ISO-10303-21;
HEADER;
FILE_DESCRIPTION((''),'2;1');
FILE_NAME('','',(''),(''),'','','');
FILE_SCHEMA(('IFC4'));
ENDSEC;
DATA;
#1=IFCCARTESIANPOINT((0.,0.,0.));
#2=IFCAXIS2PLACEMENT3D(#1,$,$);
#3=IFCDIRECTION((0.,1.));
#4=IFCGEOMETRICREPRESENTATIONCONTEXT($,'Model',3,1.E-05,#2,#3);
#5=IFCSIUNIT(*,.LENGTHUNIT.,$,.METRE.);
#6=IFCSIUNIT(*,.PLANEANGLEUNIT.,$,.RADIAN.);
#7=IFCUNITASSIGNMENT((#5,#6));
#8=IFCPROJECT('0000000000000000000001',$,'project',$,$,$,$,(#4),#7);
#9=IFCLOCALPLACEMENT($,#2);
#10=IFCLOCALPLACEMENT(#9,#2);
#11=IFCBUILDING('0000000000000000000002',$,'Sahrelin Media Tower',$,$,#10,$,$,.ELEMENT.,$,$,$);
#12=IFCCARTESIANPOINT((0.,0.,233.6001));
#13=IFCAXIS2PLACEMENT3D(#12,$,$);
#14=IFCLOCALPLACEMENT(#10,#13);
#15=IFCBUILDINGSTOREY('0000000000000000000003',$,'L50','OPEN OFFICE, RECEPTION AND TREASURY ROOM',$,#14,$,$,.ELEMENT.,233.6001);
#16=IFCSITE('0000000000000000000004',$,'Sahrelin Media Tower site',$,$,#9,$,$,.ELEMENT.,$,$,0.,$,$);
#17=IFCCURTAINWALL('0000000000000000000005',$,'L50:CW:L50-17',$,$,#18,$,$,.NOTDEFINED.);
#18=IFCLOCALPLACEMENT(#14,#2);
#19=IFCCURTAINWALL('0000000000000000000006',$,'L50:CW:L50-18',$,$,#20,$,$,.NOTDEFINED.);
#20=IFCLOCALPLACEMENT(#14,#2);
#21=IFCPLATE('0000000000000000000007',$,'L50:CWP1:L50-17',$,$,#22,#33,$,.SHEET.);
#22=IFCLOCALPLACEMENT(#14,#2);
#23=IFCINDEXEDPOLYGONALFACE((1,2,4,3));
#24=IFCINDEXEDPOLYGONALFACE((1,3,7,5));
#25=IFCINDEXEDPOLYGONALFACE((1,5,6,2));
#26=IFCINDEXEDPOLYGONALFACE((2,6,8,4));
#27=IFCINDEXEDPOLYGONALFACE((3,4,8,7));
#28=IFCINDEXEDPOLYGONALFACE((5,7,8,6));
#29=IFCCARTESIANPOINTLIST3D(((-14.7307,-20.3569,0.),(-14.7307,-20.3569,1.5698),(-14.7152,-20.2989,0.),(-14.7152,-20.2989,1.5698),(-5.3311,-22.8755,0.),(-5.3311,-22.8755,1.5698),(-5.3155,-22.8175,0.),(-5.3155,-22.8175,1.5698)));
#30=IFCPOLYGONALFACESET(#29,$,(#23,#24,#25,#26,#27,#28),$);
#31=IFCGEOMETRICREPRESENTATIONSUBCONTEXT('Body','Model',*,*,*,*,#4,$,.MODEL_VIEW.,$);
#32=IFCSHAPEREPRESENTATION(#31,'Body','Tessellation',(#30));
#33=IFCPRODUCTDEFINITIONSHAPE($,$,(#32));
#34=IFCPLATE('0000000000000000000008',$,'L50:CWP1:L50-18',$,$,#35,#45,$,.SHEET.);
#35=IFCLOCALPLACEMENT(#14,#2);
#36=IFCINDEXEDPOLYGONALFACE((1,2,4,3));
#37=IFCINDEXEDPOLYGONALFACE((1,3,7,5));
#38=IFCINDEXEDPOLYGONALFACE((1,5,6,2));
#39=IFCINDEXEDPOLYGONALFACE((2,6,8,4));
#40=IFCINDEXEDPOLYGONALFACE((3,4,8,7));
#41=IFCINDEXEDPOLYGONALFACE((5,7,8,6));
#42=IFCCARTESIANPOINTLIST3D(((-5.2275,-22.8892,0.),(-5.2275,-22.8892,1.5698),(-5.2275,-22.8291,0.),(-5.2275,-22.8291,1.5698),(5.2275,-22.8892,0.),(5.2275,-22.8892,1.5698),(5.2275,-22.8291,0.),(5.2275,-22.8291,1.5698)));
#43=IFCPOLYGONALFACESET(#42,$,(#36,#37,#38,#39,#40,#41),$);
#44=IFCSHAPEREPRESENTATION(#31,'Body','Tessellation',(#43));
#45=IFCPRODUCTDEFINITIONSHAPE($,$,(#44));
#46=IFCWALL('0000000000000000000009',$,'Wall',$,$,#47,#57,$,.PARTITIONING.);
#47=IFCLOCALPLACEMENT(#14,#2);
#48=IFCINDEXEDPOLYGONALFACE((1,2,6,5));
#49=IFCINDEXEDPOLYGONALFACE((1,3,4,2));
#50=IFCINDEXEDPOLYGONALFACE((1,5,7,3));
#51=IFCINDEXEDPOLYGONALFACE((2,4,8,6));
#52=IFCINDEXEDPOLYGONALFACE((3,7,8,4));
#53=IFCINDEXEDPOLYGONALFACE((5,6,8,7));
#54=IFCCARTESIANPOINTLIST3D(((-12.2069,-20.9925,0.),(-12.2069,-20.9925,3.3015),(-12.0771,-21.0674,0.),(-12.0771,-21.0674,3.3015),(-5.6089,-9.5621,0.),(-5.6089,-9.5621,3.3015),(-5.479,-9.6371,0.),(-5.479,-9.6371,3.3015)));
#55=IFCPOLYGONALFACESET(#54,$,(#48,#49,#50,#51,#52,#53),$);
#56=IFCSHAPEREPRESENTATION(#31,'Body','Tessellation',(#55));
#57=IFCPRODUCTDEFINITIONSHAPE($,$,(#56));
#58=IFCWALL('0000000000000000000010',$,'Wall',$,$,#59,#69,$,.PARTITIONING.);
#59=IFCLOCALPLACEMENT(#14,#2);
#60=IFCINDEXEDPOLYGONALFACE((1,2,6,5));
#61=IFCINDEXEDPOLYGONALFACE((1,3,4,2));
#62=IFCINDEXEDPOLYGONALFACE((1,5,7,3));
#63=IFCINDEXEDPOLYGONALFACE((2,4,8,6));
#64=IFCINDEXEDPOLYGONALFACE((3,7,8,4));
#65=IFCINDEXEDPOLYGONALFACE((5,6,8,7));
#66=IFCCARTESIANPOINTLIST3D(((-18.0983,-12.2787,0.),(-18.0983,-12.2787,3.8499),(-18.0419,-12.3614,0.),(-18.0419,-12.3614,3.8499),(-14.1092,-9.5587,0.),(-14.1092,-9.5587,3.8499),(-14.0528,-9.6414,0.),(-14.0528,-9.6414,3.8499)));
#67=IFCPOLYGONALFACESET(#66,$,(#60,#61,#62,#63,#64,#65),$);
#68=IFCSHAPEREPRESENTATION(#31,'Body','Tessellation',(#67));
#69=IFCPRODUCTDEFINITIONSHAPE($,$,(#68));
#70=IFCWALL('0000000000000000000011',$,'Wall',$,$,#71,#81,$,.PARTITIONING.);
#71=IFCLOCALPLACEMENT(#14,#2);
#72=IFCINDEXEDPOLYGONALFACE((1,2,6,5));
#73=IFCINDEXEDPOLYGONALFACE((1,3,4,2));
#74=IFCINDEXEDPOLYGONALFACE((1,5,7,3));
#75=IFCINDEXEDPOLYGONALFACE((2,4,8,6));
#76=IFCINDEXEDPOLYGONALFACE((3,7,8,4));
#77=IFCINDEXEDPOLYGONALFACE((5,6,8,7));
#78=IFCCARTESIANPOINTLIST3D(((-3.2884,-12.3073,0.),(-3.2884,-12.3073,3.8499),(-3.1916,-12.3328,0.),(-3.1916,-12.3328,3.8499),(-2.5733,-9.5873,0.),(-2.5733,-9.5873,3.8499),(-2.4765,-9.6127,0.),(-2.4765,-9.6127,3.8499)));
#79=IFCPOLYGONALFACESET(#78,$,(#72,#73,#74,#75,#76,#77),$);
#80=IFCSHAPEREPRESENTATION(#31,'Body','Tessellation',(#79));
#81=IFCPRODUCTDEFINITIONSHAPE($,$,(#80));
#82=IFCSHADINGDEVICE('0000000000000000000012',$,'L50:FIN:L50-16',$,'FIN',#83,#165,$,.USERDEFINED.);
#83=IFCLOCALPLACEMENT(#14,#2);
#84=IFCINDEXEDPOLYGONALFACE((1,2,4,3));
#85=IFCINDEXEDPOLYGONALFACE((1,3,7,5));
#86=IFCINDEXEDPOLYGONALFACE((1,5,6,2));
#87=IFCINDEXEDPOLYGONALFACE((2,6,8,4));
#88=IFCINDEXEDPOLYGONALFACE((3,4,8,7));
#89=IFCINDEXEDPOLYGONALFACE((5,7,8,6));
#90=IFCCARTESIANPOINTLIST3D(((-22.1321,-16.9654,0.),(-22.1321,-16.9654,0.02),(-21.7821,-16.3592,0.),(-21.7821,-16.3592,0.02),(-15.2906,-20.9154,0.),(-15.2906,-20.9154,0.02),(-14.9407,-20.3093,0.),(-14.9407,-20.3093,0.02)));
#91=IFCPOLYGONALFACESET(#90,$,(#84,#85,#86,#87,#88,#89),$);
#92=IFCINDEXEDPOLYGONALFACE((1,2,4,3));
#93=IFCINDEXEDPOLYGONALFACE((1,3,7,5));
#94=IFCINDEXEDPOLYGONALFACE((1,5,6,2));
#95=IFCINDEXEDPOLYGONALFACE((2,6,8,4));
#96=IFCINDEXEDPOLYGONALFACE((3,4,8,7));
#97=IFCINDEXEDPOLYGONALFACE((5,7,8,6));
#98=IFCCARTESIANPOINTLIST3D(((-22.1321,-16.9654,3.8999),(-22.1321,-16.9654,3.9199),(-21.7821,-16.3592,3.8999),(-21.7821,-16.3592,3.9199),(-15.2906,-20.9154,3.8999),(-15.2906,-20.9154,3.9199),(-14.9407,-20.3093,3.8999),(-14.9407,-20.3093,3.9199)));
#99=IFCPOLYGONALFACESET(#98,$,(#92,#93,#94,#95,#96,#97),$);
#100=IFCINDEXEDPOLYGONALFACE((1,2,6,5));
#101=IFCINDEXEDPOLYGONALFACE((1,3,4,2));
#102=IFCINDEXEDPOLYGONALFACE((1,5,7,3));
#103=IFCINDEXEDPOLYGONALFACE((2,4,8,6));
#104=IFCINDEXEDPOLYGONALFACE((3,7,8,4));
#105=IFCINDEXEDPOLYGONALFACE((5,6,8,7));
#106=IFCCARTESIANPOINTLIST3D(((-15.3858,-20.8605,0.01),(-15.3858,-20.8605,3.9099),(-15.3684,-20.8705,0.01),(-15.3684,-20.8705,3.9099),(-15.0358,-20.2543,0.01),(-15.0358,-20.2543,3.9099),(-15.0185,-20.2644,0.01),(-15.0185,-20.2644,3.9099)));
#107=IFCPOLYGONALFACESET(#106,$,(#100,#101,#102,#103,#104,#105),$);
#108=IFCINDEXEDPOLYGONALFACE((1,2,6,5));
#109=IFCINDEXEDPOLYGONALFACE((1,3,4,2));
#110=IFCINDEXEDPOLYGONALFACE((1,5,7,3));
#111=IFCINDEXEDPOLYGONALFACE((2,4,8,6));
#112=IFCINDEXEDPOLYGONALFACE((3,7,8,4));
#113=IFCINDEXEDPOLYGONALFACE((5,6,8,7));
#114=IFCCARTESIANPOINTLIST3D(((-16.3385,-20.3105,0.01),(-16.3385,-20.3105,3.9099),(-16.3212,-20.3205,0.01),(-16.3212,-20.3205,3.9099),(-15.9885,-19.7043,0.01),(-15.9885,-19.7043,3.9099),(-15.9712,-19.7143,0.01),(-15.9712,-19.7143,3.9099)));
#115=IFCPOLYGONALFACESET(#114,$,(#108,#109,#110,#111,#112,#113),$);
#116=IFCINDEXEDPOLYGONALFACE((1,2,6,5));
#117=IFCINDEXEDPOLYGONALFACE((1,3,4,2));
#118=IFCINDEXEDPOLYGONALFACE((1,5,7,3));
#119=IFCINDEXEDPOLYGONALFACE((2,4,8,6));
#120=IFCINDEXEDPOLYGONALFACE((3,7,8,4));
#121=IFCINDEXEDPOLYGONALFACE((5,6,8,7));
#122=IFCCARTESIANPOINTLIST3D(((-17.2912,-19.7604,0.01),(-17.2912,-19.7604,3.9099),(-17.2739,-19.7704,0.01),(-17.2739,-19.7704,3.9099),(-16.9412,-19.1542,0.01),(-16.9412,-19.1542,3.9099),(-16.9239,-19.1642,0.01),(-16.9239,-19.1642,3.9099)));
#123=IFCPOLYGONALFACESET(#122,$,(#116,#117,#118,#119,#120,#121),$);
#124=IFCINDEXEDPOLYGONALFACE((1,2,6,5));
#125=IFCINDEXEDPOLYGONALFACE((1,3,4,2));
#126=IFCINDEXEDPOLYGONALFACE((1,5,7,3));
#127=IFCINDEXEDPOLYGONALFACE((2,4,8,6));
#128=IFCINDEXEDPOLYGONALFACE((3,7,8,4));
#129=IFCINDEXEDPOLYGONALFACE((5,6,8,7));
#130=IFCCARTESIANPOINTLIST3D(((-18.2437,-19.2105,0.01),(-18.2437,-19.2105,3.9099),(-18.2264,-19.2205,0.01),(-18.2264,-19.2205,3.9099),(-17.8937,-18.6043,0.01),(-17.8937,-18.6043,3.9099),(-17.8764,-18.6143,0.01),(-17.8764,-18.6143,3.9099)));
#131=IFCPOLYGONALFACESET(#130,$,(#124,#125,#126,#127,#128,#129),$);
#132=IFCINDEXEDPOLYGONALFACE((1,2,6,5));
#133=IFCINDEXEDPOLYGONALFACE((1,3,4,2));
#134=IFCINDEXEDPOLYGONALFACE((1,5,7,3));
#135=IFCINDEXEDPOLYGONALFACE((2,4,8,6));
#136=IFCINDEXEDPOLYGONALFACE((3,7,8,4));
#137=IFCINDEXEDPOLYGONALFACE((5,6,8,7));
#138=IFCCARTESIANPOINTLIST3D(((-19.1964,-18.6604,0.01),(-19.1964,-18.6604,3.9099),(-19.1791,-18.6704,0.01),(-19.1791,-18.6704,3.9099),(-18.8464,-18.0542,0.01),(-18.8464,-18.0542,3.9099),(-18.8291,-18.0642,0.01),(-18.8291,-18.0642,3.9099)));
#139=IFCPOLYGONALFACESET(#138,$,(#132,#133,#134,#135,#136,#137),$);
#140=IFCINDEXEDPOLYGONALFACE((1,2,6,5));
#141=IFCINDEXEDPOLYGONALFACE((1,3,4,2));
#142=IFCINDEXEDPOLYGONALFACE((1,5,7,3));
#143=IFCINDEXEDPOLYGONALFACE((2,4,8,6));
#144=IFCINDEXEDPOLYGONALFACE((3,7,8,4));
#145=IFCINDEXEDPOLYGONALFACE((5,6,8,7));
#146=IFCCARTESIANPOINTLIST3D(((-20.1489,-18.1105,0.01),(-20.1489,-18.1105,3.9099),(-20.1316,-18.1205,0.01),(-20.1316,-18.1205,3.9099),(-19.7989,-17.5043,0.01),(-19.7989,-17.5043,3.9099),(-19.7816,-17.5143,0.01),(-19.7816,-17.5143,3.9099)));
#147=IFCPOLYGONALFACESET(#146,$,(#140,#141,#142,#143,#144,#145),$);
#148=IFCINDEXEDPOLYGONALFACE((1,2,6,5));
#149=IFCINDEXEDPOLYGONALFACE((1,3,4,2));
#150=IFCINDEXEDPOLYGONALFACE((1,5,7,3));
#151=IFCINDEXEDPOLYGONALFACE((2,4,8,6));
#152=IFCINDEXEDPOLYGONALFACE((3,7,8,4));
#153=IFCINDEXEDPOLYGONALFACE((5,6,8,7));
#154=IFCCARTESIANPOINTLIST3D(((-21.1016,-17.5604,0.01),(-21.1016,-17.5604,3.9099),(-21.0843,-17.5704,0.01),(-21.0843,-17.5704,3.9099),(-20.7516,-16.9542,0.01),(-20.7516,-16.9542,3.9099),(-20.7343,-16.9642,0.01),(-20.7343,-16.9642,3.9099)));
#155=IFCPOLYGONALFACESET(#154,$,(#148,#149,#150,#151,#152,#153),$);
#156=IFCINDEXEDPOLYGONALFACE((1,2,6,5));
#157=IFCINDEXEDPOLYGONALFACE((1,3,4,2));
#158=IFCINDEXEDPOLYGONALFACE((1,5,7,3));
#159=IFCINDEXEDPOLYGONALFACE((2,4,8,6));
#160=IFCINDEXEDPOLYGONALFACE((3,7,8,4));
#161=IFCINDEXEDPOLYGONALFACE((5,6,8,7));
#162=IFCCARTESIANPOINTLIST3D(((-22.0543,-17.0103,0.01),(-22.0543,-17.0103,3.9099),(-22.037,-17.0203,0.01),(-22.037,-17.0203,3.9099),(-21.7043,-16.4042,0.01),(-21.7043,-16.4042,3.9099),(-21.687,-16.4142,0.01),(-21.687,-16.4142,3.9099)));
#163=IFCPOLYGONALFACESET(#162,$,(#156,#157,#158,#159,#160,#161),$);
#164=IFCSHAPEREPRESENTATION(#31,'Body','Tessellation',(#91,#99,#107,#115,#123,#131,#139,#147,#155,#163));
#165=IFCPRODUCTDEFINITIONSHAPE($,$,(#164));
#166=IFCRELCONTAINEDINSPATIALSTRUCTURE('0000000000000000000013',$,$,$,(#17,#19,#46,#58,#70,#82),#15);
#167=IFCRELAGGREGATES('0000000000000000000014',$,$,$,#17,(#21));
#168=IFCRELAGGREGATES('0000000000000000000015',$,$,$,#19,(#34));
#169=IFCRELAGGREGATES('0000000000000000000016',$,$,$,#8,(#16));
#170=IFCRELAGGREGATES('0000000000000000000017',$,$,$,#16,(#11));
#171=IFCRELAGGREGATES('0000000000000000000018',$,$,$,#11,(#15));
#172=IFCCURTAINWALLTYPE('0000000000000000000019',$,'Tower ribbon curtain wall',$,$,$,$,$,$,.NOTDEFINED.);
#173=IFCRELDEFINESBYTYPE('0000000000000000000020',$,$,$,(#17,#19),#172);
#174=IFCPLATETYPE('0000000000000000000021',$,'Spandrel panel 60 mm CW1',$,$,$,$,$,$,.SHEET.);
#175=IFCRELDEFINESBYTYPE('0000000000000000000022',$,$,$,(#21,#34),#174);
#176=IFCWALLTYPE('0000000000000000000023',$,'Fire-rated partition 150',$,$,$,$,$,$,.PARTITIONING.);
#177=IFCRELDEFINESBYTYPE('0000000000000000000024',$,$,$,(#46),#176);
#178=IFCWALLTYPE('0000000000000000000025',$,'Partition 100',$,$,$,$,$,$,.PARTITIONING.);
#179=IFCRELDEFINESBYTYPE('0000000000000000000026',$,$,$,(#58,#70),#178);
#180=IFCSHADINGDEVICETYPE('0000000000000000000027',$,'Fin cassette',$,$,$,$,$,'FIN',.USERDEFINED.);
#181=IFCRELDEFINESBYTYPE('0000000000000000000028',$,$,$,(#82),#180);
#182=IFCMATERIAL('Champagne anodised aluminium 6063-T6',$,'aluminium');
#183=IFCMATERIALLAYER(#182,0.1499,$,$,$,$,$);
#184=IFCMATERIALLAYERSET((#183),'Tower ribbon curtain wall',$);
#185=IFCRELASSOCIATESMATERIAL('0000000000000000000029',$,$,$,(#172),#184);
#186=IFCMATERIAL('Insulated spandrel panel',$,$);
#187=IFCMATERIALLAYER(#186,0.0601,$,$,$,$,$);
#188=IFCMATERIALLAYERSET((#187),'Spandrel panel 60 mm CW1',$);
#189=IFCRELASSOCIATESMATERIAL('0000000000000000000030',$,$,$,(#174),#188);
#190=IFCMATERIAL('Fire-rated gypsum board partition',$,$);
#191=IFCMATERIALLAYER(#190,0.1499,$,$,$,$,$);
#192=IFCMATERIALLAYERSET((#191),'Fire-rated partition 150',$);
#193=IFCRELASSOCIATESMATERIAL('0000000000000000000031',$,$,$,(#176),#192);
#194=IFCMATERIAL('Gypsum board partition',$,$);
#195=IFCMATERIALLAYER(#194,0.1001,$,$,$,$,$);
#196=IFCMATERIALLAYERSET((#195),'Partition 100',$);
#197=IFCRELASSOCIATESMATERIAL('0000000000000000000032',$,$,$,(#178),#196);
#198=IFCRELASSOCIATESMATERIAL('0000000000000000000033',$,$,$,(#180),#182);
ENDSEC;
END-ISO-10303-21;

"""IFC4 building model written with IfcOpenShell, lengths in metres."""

from ifc_helpers import new_model, si_unit, direction, frame, frame_2d, origin, origin_2d, place, context, subcontext, project, spatial, polyline, rectangle, outline, extrude, material, layer, layer_set, type_object, element, aggregate, save


model = new_model("IFC4")

# Units and contexts
model_context = context("Model", 3, precision=1e-05, world=origin(), true_north=direction((0.0, 1.0)))
body_context = subcontext(model_context, "Body", "Model", "MODEL_VIEW")
ifc_project = project(units=[si_unit("LENGTHUNIT", "METRE"), si_unit("PLANEANGLEUNIT", "RADIAN")], contexts=[model_context])

# Site, building, storey
site_placement = place(None, origin())
site = spatial("IfcSite", under=ifc_project, at=site_placement, Name="Sahrelin Media Tower site", CompositionType="ELEMENT", RefElevation=0.0)
building_placement = place(site_placement, origin())
building = spatial("IfcBuilding", under=site, at=building_placement, Name="Sahrelin Media Tower", CompositionType="ELEMENT")
storey_placement = place(building_placement, frame((0.0, 0.0, 233.6001)))
storey = spatial("IfcBuildingStorey", under=building, at=storey_placement, Name="L50", Description="OPEN OFFICE, RECEPTION AND TREASURY ROOM", CompositionType="ELEMENT", Elevation=233.6001)

# Curtain walls
ifc_material_1 = material(Name="Champagne anodised aluminium 6063-T6", Category="aluminium")
ifc_layer_1 = layer(ifc_material_1, 0.1499)
ifc_layer_set_1 = layer_set([ifc_layer_1], Name="Tower ribbon curtain wall")
curtain_wall_type = type_object("IfcCurtainWallType", Name="Tower ribbon curtain wall", PredefinedType="NOTDEFINED", material=ifc_layer_set_1)
curtain_wall_1_placement = place(storey_placement, frame((-10.0256, -21.5969, 0.0), z_axis=(0.0, 0.0, 1.0), x_axis=(1.0, 0.0, 0.0)))
curtain_wall_1 = element("IfcCurtainWall", 1, at=curtain_wall_1_placement, inside=storey, type_object=curtain_wall_type, Name="L50:CW:L50-17", PredefinedType="NOTDEFINED")
curtain_wall_2_placement = place(storey_placement, frame((0.0, -22.8691, 0.0), z_axis=(0.0, 0.0, 1.0), x_axis=(1.0, 0.0, 0.0)))
curtain_wall_2 = element("IfcCurtainWall", 2, at=curtain_wall_2_placement, inside=storey, type_object=curtain_wall_type, Name="L50:CW:L50-18", PredefinedType="NOTDEFINED")

# Plates
ifc_material_2 = material(Name="Insulated spandrel panel")
ifc_layer_2 = layer(ifc_material_2, 0.0601)
ifc_layer_set_2 = layer_set([ifc_layer_2], Name="Spandrel panel 60 mm CW1")
plate_type_1 = type_object("IfcPlateType", Name="Spandrel panel 60 mm CW1", PredefinedType="SHEET", material=ifc_layer_set_2)
plate_1_placement = place(storey_placement, frame((-14.7307, -20.3569, 0.0), z_axis=(-0.258812, -0.965928, 0.0), x_axis=(0.965928, -0.258812, 0.0)))
plate_1 = element("IfcPlate", 3, at=plate_1_placement, type_object=plate_type_1, Name="L50:CWP1:L50-17", PredefinedType="SHEET", context=body_context, shape_type="SweptSolid", body=[
    extrude(outline(polyline([(0.0, 0.0), (9.7312, 0.0), (9.7312, 1.5698), (0.0, 1.5698), (0.0, 0.0)])), origin(), (0.0, 0.0, -1.0), 0.0601),
])
aggregate(curtain_wall_1, [plate_1])
plate_2_placement = place(storey_placement, frame((-5.2275, -22.8892, 0.0), z_axis=(0.0, -1.0, 0.0), x_axis=(1.0, 0.0, 0.0)))
plate_2 = element("IfcPlate", 4, at=plate_2_placement, type_object=plate_type_1, Name="L50:CWP1:L50-18", PredefinedType="SHEET", context=body_context, shape_type="SweptSolid", body=[
    extrude(outline(polyline([(0.0, 0.0), (10.4551, 0.0), (10.4551, 1.5698), (0.0, 1.5698), (0.0, 0.0)])), origin(), (0.0, 0.0, -1.0), 0.0601),
])
aggregate(curtain_wall_2, [plate_2])

# Walls
ifc_material_3 = material(Name="Fire-rated gypsum board partition")
ifc_layer_3 = layer(ifc_material_3, 0.1499)
ifc_layer_set_3 = layer_set([ifc_layer_3], Name="Fire-rated partition 150")
wall_type_1 = type_object("IfcWallType", Name="Fire-rated partition 150", PredefinedType="PARTITIONING", material=ifc_layer_set_3)
wall_1_placement = place(storey_placement, frame((-12.1421, -21.03, 0.0), z_axis=(0.0, 0.0, 1.0), x_axis=(0.499931, 0.866065, 0.0)))
element("IfcWall", 5, at=wall_1_placement, inside=storey, type_object=wall_type_1, Name="Wall", PredefinedType="PARTITIONING", context=body_context, shape_type="SweptSolid", body=[
    extrude(rectangle(XDim=13.198, YDim=0.1499, at=frame_2d((6.5991, 0.0))), origin(), (0.0, 0.0, 1.0), 3.3015),
])
ifc_material_4 = material(Name="Gypsum board partition")
ifc_layer_4 = layer(ifc_material_4, 0.1001)
ifc_layer_set_4 = layer_set([ifc_layer_4], Name="Partition 100")
wall_type_2 = type_object("IfcWallType", Name="Partition 100", PredefinedType="PARTITIONING", material=ifc_layer_set_4)
wall_2_placement = place(storey_placement, frame((-18.0701, -12.3201, 0.0), z_axis=(0.0, 0.0, 1.0), x_axis=(0.826209, 0.563363, 0.0)))
element("IfcWall", 6, at=wall_2_placement, inside=storey, type_object=wall_type_2, Name="Wall", PredefinedType="PARTITIONING", context=body_context, shape_type="SweptSolid", body=[
    extrude(rectangle(XDim=4.8281, YDim=0.1001, at=frame_2d((2.4141, 0.0))), origin(), (0.0, 0.0, 1.0), 3.8499),
])
wall_3_placement = place(storey_placement, frame((-3.24, -12.3201, 0.0), z_axis=(0.0, 0.0, 1.0), x_axis=(0.254263, 0.967135, 0.0)))
element("IfcWall", 7, at=wall_3_placement, inside=storey, type_object=wall_type_2, Name="Wall", PredefinedType="PARTITIONING", context=body_context, shape_type="SweptSolid", body=[
    extrude(rectangle(XDim=2.8125, YDim=0.1001, at=frame_2d((1.4062, 0.0))), origin(), (0.0, 0.0, 1.0), 3.8499),
])

# Shading device
shading_device_type_1 = type_object("IfcShadingDeviceType", Name="Fin cassette", ElementType="FIN", PredefinedType="USERDEFINED", material=ifc_material_1)
placement_1 = place(storey_placement, frame((-18.3264, -18.2737, 0.0), z_axis=(0.0, 0.0, 1.0), x_axis=(-0.866019, 0.500011, 0.0)))
element("IfcShadingDevice", 8, at=placement_1, inside=storey, type_object=shading_device_type_1, Name="L50:FIN:L50-16", ObjectType="FIN", PredefinedType="USERDEFINED", context=body_context, shape_type="SweptSolid", body=[
    extrude(rectangle(XDim=7.8999, YDim=0.7, at=origin_2d()), frame((0.0, 0.4199, 0.0)), (0.0, 0.0, 1.0), 0.02),
    extrude(rectangle(XDim=7.8999, YDim=0.7, at=origin_2d()), frame((0.0, 0.4199, 3.8999)), (0.0, 0.0, 1.0), 0.02),
    extrude(rectangle(XDim=0.02, YDim=0.7, at=origin_2d()), frame((-3.8501, 0.4199, 0.01), z_axis=(0.0, 0.0, 1.0), x_axis=(1.0, 0.0, 0.0)), (0.0, 0.0, 1.0), 3.8999),
    extrude(rectangle(XDim=0.02, YDim=0.7, at=origin_2d()), frame((-2.75, 0.4199, 0.01), z_axis=(0.0, 0.0, 1.0), x_axis=(1.0, 0.0, 0.0)), (0.0, 0.0, 1.0), 3.8999),
    extrude(rectangle(XDim=0.02, YDim=0.7, at=origin_2d()), frame((-1.6499, 0.4199, 0.01), z_axis=(0.0, 0.0, 1.0), x_axis=(1.0, 0.0, 0.0)), (0.0, 0.0, 1.0), 3.8999),
    extrude(rectangle(XDim=0.02, YDim=0.7, at=origin_2d()), frame((-0.55, 0.4199, 0.01), z_axis=(0.0, 0.0, 1.0), x_axis=(1.0, 0.0, 0.0)), (0.0, 0.0, 1.0), 3.8999),
    extrude(rectangle(XDim=0.02, YDim=0.7, at=origin_2d()), frame((0.55, 0.4199, 0.01), z_axis=(0.0, 0.0, 1.0), x_axis=(1.0, 0.0, 0.0)), (0.0, 0.0, 1.0), 3.8999),
    extrude(rectangle(XDim=0.02, YDim=0.7, at=origin_2d()), frame((1.6499, 0.4199, 0.01), z_axis=(0.0, 0.0, 1.0), x_axis=(1.0, 0.0, 0.0)), (0.0, 0.0, 1.0), 3.8999),
    extrude(rectangle(XDim=0.02, YDim=0.7, at=origin_2d()), frame((2.75, 0.4199, 0.01), z_axis=(0.0, 0.0, 1.0), x_axis=(1.0, 0.0, 0.0)), (0.0, 0.0, 1.0), 3.8999),
    extrude(rectangle(XDim=0.02, YDim=0.7, at=origin_2d()), frame((3.8501, 0.4199, 0.01), z_axis=(0.0, 0.0, 1.0), x_axis=(1.0, 0.0, 0.0)), (0.0, 0.0, 1.0), 3.8999),
])

save(model, "model.ifc")
